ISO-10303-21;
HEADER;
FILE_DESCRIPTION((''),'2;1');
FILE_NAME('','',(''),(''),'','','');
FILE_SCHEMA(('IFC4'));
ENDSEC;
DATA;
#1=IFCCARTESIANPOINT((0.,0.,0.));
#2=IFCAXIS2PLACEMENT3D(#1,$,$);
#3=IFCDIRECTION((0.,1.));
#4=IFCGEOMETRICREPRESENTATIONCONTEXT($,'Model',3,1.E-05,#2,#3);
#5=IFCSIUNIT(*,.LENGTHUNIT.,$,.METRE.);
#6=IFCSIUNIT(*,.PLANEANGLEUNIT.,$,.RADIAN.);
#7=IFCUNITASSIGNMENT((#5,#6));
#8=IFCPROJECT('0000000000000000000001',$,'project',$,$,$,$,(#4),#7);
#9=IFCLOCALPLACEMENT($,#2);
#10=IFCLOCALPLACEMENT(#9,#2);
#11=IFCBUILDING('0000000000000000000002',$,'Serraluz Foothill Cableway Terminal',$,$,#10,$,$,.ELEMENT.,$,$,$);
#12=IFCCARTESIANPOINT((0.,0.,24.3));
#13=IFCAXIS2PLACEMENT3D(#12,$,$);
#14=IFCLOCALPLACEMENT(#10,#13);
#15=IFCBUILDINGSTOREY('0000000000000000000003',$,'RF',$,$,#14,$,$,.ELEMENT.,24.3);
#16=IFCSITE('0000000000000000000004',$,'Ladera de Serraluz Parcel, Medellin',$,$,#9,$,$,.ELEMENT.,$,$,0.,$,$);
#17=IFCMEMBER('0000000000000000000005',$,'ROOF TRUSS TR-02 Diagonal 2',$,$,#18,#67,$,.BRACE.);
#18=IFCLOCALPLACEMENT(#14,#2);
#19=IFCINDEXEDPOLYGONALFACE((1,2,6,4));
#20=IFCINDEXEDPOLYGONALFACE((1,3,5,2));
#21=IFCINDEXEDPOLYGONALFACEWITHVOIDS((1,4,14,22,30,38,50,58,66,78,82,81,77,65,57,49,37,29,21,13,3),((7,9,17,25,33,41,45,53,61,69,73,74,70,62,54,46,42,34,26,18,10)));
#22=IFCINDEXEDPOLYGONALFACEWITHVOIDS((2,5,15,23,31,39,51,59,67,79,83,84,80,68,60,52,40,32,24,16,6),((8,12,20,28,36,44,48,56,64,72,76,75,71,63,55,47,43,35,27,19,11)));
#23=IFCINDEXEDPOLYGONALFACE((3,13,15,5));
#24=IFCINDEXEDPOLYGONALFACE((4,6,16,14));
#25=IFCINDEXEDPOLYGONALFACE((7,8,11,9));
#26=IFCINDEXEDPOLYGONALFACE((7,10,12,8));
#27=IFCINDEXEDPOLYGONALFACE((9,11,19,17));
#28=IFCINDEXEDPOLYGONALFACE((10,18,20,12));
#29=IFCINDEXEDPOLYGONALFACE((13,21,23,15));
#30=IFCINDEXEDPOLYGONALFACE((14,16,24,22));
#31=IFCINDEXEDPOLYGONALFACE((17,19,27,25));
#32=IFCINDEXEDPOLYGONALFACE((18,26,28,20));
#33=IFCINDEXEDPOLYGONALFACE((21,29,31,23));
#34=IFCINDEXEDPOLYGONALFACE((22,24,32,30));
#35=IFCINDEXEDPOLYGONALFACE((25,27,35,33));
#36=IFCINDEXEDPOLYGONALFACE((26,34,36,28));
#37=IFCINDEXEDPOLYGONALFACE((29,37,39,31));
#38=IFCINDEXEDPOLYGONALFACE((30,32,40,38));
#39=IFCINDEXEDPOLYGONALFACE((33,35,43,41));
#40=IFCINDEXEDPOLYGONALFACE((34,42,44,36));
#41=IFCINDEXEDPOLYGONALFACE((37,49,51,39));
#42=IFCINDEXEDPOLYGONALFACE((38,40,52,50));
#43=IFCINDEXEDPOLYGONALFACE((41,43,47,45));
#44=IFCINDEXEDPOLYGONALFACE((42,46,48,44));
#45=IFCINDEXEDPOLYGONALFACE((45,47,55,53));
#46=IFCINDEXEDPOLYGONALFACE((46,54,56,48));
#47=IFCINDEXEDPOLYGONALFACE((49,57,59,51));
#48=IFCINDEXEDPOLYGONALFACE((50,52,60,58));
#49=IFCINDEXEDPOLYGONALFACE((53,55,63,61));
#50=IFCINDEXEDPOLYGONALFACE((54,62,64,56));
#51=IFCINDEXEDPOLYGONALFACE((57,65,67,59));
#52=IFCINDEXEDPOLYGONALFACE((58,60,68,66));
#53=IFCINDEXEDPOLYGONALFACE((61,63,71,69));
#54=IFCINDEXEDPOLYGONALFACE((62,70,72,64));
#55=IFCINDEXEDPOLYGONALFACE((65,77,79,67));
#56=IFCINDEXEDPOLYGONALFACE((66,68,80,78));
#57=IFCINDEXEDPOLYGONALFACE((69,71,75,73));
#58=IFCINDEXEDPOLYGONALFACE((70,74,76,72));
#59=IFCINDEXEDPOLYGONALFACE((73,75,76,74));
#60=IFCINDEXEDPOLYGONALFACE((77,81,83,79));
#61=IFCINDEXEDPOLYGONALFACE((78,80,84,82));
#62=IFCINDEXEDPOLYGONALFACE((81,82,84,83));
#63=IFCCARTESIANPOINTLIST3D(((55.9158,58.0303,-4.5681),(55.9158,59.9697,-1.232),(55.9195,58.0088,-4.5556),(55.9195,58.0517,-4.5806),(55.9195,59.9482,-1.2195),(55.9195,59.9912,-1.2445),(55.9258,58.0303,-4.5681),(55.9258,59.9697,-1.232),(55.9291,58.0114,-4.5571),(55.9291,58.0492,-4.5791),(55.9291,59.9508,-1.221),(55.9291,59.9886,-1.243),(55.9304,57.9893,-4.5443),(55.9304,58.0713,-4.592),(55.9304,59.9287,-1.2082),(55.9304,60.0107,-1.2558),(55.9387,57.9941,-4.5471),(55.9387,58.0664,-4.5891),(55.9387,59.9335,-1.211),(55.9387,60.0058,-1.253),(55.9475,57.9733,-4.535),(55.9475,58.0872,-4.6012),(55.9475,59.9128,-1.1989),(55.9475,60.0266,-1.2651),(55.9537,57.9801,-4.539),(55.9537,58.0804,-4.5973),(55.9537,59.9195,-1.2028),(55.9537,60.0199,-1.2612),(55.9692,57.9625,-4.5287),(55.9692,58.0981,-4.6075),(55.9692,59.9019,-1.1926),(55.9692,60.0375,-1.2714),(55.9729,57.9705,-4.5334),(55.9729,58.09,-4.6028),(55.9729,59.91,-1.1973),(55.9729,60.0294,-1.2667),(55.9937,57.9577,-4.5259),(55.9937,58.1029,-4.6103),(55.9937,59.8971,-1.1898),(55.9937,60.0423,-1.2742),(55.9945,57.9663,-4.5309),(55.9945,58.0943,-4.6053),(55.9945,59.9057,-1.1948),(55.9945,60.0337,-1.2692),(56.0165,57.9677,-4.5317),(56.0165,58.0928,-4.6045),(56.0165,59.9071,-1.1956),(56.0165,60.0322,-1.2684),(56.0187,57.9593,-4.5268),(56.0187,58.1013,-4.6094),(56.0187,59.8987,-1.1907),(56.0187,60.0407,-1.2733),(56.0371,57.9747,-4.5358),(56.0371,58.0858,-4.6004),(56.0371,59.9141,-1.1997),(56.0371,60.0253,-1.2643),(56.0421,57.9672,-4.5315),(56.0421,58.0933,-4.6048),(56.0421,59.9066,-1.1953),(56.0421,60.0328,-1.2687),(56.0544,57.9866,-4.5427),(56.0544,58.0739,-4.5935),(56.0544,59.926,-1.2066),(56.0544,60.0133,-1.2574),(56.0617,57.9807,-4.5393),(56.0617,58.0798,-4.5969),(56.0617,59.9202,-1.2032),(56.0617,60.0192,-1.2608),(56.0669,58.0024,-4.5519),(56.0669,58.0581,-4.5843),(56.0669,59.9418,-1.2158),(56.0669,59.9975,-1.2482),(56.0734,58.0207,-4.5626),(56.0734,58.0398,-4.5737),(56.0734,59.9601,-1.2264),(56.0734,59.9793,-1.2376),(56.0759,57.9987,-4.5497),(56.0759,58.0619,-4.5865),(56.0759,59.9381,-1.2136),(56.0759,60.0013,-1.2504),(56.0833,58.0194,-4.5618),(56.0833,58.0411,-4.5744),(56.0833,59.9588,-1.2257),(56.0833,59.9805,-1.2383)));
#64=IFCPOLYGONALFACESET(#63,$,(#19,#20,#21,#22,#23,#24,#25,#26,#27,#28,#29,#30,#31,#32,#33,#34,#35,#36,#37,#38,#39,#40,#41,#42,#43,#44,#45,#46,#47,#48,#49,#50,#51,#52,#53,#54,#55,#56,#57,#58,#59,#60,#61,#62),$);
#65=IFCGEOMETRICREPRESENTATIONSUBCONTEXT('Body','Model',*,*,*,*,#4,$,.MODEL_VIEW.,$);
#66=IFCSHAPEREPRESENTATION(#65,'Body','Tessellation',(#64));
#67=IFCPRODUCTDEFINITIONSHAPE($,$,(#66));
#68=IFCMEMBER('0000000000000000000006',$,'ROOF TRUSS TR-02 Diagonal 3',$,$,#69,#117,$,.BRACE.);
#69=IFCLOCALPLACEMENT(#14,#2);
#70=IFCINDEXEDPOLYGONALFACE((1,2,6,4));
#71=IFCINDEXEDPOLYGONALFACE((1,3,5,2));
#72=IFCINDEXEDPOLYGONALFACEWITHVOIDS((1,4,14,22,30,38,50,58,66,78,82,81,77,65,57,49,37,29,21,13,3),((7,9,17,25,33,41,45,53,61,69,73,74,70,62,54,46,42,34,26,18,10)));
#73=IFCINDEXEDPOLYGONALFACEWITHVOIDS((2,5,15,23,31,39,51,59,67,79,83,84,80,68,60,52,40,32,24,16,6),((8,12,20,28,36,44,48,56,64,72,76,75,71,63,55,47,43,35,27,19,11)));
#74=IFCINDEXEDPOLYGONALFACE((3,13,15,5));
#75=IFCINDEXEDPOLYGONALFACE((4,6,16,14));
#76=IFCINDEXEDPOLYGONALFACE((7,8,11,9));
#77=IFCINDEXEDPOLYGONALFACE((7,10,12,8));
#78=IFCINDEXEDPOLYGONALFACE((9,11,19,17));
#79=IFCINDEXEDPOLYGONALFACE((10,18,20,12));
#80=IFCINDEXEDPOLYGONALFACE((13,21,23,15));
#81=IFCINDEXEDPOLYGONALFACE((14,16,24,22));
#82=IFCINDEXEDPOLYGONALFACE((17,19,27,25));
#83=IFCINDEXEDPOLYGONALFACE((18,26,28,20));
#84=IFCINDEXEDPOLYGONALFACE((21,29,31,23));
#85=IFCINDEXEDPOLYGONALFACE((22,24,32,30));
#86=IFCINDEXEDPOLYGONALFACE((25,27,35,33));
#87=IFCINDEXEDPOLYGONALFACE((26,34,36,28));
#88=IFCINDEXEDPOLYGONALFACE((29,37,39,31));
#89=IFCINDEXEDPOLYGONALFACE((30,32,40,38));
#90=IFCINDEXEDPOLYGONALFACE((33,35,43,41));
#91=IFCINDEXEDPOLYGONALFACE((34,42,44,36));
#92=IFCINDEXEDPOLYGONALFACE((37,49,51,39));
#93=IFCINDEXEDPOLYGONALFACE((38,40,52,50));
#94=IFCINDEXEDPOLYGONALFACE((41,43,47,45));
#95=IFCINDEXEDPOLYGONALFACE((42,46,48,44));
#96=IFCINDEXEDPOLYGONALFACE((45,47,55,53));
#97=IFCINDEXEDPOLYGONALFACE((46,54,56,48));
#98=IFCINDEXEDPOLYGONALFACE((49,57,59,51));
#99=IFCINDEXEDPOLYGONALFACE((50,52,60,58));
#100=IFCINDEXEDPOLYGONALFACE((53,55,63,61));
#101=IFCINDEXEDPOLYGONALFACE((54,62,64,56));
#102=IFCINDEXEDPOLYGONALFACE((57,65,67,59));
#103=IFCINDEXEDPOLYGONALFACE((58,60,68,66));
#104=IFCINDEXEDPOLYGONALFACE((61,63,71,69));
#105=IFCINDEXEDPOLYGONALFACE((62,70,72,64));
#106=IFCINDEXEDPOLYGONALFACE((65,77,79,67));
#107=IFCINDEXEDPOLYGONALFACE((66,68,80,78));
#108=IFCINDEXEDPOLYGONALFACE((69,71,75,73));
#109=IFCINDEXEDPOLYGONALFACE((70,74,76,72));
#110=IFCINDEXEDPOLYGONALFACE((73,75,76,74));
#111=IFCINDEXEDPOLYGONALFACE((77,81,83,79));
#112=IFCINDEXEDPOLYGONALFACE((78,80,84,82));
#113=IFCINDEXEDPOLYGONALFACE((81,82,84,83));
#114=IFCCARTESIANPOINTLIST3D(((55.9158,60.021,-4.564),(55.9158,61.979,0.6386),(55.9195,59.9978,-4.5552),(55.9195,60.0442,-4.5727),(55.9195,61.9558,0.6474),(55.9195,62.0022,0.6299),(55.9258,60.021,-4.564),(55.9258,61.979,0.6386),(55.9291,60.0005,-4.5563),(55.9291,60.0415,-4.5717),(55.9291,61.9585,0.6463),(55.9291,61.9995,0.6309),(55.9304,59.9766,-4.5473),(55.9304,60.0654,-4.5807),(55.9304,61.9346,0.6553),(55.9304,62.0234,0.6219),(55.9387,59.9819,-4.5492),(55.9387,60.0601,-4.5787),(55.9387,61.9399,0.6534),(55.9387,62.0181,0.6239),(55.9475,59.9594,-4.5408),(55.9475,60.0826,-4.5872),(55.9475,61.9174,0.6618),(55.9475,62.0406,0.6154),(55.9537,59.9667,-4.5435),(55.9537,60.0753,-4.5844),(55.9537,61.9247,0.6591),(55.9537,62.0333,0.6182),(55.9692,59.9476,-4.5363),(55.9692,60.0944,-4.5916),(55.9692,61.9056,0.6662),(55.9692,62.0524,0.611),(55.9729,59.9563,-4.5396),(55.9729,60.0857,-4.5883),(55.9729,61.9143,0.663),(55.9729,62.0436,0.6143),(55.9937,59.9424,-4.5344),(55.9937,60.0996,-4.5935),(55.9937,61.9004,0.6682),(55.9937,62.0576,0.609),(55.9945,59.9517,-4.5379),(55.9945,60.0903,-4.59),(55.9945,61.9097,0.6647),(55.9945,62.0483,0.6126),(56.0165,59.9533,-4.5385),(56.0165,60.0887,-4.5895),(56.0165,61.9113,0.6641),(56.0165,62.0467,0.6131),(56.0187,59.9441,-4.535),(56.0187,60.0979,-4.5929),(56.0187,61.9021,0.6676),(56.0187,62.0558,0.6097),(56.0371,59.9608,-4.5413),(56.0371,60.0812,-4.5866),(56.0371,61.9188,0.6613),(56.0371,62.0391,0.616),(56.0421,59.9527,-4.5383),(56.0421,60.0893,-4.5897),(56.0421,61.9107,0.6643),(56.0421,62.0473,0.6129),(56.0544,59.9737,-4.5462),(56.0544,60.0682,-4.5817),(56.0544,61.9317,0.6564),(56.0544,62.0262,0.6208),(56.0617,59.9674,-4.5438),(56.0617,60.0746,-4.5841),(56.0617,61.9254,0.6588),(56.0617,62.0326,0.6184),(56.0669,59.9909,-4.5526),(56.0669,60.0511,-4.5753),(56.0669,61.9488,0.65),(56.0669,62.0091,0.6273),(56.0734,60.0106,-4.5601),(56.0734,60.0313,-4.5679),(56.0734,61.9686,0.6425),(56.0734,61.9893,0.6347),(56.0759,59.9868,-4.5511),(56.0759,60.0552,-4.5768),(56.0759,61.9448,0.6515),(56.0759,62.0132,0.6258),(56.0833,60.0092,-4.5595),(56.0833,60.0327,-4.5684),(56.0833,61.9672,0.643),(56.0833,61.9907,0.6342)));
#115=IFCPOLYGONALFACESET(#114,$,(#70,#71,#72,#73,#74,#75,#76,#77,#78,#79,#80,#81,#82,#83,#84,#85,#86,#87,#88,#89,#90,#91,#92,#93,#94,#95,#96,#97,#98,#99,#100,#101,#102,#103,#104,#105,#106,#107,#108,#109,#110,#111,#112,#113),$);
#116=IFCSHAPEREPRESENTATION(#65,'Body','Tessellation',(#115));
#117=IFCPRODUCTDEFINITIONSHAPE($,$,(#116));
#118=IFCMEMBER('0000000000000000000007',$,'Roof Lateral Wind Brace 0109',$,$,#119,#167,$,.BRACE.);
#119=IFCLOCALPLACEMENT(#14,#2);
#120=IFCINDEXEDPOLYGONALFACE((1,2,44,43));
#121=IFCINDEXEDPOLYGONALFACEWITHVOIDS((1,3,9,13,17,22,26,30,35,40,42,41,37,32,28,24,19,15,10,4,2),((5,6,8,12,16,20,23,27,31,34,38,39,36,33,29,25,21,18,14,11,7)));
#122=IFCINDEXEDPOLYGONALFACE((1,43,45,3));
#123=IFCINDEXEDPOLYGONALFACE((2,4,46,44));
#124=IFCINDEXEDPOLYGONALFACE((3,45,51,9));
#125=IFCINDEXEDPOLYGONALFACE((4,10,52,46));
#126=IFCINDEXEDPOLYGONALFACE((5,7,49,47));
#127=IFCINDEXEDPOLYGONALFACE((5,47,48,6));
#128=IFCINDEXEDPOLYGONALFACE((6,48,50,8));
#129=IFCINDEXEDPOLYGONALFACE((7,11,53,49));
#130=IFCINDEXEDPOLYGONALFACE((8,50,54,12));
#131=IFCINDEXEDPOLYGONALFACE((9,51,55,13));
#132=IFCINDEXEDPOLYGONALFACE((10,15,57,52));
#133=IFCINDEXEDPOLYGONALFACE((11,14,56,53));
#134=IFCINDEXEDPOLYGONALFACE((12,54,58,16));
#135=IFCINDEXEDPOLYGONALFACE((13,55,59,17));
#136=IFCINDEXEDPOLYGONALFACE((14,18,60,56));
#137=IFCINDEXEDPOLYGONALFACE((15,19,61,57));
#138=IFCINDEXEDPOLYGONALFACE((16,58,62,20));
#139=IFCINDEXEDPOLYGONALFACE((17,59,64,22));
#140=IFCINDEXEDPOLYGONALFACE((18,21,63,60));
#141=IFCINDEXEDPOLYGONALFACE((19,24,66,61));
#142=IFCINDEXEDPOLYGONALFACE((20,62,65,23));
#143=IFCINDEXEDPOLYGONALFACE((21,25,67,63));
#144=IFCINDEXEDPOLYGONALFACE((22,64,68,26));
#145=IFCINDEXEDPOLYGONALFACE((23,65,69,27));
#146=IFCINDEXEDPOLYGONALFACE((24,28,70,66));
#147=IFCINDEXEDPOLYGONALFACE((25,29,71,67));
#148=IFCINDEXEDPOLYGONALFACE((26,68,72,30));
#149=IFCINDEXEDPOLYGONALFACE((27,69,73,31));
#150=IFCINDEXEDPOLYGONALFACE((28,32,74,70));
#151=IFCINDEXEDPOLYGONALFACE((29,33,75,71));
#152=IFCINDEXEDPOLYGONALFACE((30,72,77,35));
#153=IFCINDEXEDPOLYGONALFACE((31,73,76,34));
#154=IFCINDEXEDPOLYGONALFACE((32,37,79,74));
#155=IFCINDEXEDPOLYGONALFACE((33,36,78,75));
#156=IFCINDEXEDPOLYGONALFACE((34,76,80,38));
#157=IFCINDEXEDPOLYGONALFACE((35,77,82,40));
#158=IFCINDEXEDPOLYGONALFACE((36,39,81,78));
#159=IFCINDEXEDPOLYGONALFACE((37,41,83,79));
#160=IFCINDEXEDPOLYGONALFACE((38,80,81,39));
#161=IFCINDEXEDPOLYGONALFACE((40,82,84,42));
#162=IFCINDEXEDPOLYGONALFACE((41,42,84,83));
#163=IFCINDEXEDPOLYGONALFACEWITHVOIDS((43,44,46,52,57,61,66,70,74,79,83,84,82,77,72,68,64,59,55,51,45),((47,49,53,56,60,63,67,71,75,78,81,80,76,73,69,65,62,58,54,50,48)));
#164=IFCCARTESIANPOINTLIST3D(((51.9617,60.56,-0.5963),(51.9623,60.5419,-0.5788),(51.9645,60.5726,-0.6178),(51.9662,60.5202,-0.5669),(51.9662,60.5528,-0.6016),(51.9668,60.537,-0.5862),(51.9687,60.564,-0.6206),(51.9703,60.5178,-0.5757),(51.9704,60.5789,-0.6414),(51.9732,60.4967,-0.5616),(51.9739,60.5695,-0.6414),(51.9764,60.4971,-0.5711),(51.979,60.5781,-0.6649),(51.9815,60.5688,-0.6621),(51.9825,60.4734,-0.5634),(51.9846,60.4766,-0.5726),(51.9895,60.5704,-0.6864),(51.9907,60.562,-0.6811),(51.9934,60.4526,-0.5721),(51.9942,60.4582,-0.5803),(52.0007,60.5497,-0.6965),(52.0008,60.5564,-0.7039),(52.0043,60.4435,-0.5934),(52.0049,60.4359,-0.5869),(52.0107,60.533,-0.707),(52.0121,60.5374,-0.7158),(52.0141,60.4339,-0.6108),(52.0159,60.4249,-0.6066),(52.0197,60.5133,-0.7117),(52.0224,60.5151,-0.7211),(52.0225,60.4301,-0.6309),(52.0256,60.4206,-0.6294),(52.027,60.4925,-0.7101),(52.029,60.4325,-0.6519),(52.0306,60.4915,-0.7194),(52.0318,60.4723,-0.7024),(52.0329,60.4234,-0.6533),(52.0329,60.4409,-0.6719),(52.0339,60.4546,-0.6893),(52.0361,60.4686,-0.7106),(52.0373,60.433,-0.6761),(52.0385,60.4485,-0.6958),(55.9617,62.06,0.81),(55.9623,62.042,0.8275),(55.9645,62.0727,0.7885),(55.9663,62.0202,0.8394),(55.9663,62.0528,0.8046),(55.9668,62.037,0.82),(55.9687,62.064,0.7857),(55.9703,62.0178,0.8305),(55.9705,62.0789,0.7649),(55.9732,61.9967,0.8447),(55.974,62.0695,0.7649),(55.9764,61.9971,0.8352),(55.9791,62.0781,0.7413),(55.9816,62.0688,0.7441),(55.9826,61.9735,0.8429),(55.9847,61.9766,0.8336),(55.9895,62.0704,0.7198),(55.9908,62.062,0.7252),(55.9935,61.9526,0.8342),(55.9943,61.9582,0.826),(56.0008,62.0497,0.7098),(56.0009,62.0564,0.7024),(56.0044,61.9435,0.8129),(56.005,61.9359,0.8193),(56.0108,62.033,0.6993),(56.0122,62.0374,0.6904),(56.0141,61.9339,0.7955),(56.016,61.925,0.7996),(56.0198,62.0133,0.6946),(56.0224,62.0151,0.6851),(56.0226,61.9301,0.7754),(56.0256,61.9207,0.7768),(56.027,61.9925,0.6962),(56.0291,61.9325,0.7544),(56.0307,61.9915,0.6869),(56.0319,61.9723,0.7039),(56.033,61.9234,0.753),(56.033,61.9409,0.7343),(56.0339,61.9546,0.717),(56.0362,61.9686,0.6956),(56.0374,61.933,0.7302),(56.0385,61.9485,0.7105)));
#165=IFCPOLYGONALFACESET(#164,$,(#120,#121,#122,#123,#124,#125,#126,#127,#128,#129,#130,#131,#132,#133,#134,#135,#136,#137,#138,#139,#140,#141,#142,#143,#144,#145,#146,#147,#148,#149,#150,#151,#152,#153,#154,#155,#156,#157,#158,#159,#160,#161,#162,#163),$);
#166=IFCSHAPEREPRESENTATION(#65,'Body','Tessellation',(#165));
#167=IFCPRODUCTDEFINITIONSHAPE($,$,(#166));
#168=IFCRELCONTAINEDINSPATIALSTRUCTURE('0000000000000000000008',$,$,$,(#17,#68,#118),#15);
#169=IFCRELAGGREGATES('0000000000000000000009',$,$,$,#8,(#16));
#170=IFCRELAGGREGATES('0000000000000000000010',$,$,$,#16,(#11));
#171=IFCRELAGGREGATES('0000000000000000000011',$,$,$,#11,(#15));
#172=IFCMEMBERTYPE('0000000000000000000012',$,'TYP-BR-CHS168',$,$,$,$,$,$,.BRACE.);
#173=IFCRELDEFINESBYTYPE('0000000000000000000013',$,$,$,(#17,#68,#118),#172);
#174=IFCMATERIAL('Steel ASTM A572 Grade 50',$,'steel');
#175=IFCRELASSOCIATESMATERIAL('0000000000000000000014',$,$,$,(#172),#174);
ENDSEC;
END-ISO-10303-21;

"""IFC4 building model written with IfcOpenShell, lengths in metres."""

from ifc_helpers import new_model, si_unit, direction, frame, origin, origin_2d, place, context, subcontext, project, spatial, hollow_circle, extrude, material, material_profile, profile_set, type_object, element, save


model = new_model("IFC4")

# Units and contexts
model_context = context("Model", 3, precision=1e-05, world=origin(), true_north=direction((0.0, 1.0)))
body_context = subcontext(model_context, "Body", "Model", "MODEL_VIEW")
ifc_project = project(units=[si_unit("LENGTHUNIT", "METRE"), si_unit("PLANEANGLEUNIT", "RADIAN")], contexts=[model_context])

# Site, building, storey
site_placement = place(None, origin())
site = spatial("IfcSite", under=ifc_project, at=site_placement, Name="Ladera de Serraluz Parcel, Medellin", CompositionType="ELEMENT", RefElevation=0.0)
building_placement = place(site_placement, origin())
building = spatial("IfcBuilding", under=site, at=building_placement, Name="Serraluz Foothill Cableway Terminal", CompositionType="ELEMENT")
storey_placement = place(building_placement, frame((0.0, 0.0, 24.3)))
storey = spatial("IfcBuildingStorey", under=building, at=storey_placement, Name="RF", CompositionType="ELEMENT", Elevation=24.3)

# Members
ifc_material_1 = material(Name="Steel ASTM A572 Grade 50", Category="steel")
ifc_material_profile_1 = material_profile(ifc_material_1, hollow_circle(Radius=0.0842, WallThickness=0.01, at=origin_2d()), Name="CHS168X10")
ifc_profile_set_1 = profile_set([ifc_material_profile_1], Name="Steel ASTM A572 Grade 50")
member_type_1 = type_object("IfcMemberType", Name="TYP-BR-CHS168", PredefinedType="BRACE", material=ifc_profile_set_1)
member_1_placement = place(storey_placement, frame((56.0, 58.0303, -4.5681), z_axis=(0.0, 0.502584, 0.864528), x_axis=(-1.0, 0.0, 0.0)))
element("IfcMember", 1, at=member_1_placement, inside=storey, type_object=member_type_1, Name="ROOF TRUSS TR-02 Diagonal 2", PredefinedType="BRACE", context=body_context, shape_type="SweptSolid", body=[
    extrude(hollow_circle(Radius=0.0842, WallThickness=0.01, at=origin_2d()), origin(), (0.0, 0.0, 1.0), 3.8589),
])
member_2_placement = place(storey_placement, frame((56.0, 60.021, -4.564), z_axis=(0.0, 0.35223, 0.935913), x_axis=(-1.0, 0.0, 0.0)))
element("IfcMember", 2, at=member_2_placement, inside=storey, type_object=member_type_1, Name="ROOF TRUSS TR-02 Diagonal 3", PredefinedType="BRACE", context=body_context, shape_type="SweptSolid", body=[
    extrude(hollow_circle(Radius=0.0842, WallThickness=0.01, at=origin_2d()), origin(), (0.0, 0.0, 1.0), 5.5588),
])
for number, where, z_axis, x_axis, name in (
    (3, (52.0, 60.5, -0.6414), (0.889382, 0.333518, 0.312673), (-0.351123, 0.936329, 0.0), "Roof Lateral Wind Brace 0109"),
):
    element("IfcMember", number, at=place(storey_placement, frame(where, z_axis=z_axis, x_axis=x_axis)), inside=storey, type_object=member_type_1, Name=name, PredefinedType="BRACE", context=body_context, shape_type="SweptSolid", body=[
        extrude(hollow_circle(Radius=0.0842, WallThickness=0.01, at=origin_2d()), origin(), (0.0, 0.0, 1.0), 4.4976),
    ])

save(model, "model.ifc")
